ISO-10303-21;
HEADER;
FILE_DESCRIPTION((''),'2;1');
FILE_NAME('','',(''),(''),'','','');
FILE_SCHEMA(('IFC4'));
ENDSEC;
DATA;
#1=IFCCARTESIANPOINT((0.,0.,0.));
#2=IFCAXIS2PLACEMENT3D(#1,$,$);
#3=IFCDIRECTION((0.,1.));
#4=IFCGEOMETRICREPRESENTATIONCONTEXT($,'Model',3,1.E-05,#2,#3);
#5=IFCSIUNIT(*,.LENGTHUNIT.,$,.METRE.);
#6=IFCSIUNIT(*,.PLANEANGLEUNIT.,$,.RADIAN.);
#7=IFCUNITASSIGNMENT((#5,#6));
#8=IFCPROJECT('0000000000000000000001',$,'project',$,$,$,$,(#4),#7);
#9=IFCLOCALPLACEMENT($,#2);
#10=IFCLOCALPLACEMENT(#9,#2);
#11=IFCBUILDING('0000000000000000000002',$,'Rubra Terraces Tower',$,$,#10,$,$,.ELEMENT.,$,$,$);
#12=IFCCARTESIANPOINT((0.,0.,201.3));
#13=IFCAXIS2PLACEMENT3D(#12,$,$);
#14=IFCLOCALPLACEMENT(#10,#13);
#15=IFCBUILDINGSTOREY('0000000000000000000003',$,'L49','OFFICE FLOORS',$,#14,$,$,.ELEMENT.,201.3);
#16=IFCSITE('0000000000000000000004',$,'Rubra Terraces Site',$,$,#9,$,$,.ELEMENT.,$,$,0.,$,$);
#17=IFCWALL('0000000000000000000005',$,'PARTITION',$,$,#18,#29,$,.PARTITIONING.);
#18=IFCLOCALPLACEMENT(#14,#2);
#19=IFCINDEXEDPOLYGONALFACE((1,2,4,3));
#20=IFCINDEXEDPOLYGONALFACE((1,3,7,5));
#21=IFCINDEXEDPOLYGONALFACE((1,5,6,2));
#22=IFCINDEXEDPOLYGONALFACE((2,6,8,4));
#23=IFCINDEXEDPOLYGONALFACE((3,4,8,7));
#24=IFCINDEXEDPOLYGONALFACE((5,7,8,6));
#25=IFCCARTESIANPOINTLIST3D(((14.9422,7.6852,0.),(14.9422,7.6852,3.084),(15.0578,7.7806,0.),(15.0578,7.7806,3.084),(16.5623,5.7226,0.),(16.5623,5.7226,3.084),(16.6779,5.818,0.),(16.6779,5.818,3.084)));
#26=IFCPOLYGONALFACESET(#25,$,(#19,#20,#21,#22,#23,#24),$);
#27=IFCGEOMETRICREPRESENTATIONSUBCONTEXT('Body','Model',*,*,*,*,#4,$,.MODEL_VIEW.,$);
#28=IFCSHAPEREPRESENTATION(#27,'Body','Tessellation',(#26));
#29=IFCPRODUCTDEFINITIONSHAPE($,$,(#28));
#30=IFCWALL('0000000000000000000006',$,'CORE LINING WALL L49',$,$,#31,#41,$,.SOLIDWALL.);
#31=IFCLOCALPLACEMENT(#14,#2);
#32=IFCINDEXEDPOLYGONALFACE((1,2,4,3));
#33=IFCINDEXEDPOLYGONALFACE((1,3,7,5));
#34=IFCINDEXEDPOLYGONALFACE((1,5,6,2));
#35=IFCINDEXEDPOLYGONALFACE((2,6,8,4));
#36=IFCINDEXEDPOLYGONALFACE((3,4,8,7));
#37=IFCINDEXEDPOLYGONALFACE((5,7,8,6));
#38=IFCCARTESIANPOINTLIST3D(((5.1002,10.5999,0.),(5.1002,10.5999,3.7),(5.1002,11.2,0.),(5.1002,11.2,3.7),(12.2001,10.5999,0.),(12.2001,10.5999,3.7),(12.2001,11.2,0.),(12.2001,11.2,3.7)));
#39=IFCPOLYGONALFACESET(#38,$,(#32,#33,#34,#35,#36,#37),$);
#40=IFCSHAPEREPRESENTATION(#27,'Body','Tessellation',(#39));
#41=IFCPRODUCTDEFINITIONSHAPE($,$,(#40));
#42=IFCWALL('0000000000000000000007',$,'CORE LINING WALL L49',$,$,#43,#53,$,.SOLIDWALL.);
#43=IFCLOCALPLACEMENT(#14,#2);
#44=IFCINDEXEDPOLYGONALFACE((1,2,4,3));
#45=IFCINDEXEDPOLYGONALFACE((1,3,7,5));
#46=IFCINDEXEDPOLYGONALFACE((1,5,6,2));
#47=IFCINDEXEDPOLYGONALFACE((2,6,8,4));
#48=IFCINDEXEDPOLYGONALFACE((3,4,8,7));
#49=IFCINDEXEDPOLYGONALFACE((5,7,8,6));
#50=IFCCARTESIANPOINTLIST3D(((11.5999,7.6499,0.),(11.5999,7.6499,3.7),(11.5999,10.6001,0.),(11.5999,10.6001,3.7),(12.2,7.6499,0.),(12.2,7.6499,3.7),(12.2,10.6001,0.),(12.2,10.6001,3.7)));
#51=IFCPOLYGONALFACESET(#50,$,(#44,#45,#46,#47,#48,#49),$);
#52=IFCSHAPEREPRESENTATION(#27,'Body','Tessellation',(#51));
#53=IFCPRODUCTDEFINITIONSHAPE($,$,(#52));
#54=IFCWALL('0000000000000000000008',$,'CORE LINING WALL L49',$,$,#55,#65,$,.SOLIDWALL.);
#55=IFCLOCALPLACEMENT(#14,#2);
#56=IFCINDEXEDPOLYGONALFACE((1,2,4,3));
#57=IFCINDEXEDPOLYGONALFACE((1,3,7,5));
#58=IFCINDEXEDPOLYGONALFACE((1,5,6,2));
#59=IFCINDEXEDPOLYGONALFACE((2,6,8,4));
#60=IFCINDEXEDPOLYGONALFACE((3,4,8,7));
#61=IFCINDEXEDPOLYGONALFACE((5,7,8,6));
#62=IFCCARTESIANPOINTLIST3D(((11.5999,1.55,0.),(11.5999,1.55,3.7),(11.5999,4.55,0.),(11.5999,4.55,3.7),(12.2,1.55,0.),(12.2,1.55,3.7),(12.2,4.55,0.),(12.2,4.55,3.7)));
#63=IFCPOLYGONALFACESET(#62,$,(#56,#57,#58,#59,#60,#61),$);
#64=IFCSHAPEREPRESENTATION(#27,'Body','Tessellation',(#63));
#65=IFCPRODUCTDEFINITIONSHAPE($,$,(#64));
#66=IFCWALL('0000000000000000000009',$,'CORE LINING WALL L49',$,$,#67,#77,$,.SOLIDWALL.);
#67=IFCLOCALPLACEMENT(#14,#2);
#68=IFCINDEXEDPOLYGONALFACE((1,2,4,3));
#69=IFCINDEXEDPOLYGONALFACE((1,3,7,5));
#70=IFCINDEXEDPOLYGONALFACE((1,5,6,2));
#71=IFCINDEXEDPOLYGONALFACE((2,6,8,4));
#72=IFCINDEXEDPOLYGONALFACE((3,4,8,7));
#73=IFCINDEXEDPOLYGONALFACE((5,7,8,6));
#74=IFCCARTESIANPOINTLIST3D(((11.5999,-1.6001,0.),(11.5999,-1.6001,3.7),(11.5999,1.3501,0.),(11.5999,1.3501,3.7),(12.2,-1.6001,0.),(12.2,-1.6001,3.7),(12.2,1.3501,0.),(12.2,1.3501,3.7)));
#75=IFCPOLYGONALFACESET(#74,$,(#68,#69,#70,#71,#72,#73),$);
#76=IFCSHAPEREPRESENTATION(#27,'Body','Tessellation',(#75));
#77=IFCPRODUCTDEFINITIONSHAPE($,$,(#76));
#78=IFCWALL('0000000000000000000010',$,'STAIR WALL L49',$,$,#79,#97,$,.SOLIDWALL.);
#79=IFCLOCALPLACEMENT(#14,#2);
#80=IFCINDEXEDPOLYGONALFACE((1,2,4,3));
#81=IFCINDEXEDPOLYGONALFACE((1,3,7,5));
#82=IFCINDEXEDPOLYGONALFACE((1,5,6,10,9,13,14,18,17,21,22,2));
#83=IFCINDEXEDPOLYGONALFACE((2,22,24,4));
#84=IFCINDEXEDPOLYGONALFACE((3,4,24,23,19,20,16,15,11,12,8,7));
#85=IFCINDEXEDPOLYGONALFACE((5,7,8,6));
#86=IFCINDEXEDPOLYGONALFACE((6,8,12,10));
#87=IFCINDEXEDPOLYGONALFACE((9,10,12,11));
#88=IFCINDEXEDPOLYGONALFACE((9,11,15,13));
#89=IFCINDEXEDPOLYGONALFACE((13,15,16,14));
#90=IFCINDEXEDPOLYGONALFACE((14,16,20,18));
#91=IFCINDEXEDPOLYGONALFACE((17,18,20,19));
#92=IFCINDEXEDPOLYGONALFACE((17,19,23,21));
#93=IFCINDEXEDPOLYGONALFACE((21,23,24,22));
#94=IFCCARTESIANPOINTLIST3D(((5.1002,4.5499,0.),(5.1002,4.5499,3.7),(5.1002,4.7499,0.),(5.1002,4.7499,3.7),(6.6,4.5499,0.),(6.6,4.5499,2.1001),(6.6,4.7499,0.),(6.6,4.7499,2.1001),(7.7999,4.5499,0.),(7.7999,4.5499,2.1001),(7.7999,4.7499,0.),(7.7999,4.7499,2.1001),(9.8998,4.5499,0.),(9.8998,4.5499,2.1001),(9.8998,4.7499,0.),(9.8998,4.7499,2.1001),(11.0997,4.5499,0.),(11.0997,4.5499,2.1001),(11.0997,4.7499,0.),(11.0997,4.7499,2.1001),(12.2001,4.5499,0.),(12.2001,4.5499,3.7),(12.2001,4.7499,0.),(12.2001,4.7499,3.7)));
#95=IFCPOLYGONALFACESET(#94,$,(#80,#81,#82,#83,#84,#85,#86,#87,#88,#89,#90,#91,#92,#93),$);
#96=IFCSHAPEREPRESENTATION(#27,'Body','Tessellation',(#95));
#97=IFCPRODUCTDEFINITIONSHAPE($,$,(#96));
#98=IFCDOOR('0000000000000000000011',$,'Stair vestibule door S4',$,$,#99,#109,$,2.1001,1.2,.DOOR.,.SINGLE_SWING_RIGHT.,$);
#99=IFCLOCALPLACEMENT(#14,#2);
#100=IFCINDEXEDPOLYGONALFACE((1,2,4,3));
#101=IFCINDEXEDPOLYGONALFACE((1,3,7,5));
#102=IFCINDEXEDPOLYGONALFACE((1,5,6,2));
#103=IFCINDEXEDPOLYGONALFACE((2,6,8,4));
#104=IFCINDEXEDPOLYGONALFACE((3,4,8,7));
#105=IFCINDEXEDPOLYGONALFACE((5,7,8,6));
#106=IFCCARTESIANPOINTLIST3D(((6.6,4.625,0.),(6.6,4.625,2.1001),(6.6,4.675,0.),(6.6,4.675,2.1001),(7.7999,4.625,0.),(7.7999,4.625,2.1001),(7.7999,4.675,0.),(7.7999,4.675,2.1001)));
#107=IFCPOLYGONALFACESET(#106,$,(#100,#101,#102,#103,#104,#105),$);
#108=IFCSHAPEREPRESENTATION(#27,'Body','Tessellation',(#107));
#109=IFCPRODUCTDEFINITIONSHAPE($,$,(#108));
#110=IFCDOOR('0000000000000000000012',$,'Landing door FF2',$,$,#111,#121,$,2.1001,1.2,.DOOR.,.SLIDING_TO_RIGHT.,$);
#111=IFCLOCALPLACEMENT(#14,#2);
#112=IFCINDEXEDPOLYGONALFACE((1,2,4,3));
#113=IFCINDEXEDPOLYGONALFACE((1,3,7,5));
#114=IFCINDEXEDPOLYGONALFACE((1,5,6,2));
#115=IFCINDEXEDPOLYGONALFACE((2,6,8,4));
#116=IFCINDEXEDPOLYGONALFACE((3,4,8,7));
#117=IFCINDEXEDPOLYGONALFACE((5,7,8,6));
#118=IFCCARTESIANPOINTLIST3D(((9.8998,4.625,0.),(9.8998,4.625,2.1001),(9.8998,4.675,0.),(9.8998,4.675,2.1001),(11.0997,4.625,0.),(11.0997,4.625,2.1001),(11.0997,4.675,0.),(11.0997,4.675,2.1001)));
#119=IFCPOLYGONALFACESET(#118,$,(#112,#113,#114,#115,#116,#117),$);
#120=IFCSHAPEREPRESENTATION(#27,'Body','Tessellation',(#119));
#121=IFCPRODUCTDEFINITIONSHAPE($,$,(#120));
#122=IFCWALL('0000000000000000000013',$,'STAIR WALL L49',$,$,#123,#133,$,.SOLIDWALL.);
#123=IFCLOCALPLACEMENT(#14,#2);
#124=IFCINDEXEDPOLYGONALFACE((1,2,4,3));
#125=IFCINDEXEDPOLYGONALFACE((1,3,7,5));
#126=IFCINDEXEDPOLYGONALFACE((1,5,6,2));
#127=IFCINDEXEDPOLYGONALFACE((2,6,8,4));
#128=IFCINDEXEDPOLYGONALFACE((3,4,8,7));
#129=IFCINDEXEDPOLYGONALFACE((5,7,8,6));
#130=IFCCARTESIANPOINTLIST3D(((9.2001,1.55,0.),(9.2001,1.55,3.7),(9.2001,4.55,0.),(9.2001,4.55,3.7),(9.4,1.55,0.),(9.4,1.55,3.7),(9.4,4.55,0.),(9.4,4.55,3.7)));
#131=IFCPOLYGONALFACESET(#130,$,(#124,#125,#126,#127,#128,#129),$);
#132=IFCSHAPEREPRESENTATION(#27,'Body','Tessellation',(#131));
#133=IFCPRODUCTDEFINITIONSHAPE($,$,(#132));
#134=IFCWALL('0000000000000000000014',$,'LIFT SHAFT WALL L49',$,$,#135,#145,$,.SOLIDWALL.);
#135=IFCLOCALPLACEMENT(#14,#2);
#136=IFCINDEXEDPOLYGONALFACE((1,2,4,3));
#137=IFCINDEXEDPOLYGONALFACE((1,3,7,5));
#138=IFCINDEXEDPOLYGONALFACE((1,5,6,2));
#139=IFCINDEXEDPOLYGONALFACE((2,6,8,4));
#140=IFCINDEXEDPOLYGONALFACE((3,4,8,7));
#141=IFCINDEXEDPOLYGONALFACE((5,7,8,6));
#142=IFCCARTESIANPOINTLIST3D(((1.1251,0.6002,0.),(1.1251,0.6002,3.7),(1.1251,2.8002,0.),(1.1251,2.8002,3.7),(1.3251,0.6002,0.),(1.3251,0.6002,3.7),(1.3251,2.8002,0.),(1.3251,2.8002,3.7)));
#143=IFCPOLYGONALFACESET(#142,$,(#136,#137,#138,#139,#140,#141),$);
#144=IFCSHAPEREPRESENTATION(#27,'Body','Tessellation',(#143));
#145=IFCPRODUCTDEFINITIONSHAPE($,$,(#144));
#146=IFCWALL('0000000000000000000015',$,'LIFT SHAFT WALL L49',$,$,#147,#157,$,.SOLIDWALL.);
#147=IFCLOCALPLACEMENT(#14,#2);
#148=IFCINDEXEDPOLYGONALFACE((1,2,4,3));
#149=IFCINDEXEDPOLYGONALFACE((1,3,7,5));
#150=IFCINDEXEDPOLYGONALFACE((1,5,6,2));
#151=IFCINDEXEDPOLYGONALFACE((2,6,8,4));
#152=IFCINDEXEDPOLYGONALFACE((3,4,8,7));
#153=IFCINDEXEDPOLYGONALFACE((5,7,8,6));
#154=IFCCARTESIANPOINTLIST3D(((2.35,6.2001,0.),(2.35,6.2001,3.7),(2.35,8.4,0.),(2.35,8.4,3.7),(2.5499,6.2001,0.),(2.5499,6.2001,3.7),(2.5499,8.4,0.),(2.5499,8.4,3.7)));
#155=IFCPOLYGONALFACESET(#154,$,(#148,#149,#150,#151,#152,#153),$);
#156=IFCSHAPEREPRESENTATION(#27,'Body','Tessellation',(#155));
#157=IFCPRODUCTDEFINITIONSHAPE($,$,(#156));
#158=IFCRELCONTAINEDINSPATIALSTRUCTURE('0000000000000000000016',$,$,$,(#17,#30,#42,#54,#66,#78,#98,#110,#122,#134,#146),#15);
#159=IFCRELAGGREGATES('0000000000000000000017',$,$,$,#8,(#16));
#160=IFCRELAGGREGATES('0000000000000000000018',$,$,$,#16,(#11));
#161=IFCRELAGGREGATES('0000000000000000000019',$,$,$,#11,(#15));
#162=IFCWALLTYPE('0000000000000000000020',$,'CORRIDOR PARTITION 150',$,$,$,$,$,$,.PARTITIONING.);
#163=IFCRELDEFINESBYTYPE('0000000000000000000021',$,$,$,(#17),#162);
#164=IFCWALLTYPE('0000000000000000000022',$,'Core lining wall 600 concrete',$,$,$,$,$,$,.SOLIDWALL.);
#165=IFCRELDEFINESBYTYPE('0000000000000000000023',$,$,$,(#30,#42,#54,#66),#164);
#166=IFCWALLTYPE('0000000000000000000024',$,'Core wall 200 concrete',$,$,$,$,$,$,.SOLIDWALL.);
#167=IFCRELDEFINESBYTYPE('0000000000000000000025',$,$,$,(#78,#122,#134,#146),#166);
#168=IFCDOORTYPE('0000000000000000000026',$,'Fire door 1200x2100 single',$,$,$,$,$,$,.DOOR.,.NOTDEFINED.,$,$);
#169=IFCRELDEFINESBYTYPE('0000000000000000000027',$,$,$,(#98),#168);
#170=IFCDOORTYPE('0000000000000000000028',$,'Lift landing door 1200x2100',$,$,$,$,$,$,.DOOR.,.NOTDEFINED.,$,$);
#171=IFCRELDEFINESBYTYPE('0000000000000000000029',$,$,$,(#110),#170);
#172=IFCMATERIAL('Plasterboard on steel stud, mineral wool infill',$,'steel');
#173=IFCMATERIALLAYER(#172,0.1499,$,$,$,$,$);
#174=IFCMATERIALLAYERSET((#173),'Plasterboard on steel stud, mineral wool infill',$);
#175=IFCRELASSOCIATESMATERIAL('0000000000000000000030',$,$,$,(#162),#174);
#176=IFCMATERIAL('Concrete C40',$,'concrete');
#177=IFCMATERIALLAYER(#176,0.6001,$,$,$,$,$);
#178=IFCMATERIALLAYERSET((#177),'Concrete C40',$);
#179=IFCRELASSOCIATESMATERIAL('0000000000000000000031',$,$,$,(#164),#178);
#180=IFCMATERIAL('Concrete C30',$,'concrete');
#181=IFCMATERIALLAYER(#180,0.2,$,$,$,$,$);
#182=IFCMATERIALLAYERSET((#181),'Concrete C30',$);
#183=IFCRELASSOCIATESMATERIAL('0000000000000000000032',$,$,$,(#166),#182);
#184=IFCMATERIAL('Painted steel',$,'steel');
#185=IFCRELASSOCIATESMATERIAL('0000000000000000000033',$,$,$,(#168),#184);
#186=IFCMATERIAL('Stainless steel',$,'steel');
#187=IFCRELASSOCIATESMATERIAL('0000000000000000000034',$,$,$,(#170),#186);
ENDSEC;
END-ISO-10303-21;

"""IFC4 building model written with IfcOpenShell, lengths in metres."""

from ifc_helpers import new_model, si_unit, direction, frame, frame_2d, origin, place, context, subcontext, project, spatial, rectangle, extrude, material, layer, layer_set, type_object, element, fill, save


model = new_model("IFC4")

# Units and contexts
model_context = context("Model", 3, precision=1e-05, world=origin(), true_north=direction((0.0, 1.0)))
body_context = subcontext(model_context, "Body", "Model", "MODEL_VIEW")
ifc_project = project(units=[si_unit("LENGTHUNIT", "METRE"), si_unit("PLANEANGLEUNIT", "RADIAN")], contexts=[model_context])

# Site, building, storey
site_placement = place(None, origin())
site = spatial("IfcSite", under=ifc_project, at=site_placement, Name="Rubra Terraces Site", CompositionType="ELEMENT", RefElevation=0.0)
building_placement = place(site_placement, origin())
building = spatial("IfcBuilding", under=site, at=building_placement, Name="Rubra Terraces Tower", CompositionType="ELEMENT")
storey_placement = place(building_placement, frame((0.0, 0.0, 201.3)))
storey = spatial("IfcBuildingStorey", under=building, at=storey_placement, Name="L49", Description="OFFICE FLOORS", CompositionType="ELEMENT", Elevation=201.3)

# Shared definitions
ifc_material_1 = material(Name="Plasterboard on steel stud, mineral wool infill", Category="steel")
ifc_layer_1 = layer(ifc_material_1, 0.1499)
ifc_layer_set_1 = layer_set([ifc_layer_1], Name="Plasterboard on steel stud, mineral wool infill")
wall_type_1 = type_object("IfcWallType", Name="CORRIDOR PARTITION 150", PredefinedType="PARTITIONING", material=ifc_layer_set_1)

# Walls
wall_1_placement = place(storey_placement, frame((15.0, 7.7329, 0.0), z_axis=(0.0, 0.0, 1.0), x_axis=(0.636601, -0.771193, 0.0)))
element("IfcWall", 1, at=wall_1_placement, inside=storey, type_object=wall_type_1, Name="PARTITION", PredefinedType="PARTITIONING", context=body_context, shape_type="SweptSolid", body=[
    extrude(rectangle(XDim=2.5449, YDim=0.1499, at=frame_2d((1.2725, 0.0))), origin(), (0.0, 0.0, 1.0), 3.084),
])
ifc_material_2 = material(Name="Concrete C40", Category="concrete")
ifc_layer_2 = layer(ifc_material_2, 0.6001)
ifc_layer_set_2 = layer_set([ifc_layer_2], Name="Concrete C40")
wall_type_2 = type_object("IfcWallType", Name="Core lining wall 600 concrete", PredefinedType="SOLIDWALL", material=ifc_layer_set_2)
wall_2_placement = place(storey_placement, frame((12.2, 10.8999, 0.0), z_axis=(0.0, 0.0, 1.0), x_axis=(-1.0, 0.0, 0.0)))
element("IfcWall", 2, at=wall_2_placement, inside=storey, type_object=wall_type_2, Name="CORE LINING WALL L49", PredefinedType="SOLIDWALL", context=body_context, shape_type="SweptSolid", body=[
    extrude(rectangle(XDim=7.0999, YDim=0.6001, at=frame_2d((3.5498, 0.0))), origin(), (0.0, 0.0, 1.0), 3.7),
])
wall_3_placement = place(storey_placement, frame((11.8999, 10.6001, 0.0), z_axis=(0.0, 0.0, 1.0), x_axis=(0.0, -1.0, 0.0)))
element("IfcWall", 3, at=wall_3_placement, inside=storey, type_object=wall_type_2, Name="CORE LINING WALL L49", PredefinedType="SOLIDWALL", context=body_context, shape_type="SweptSolid", body=[
    extrude(rectangle(XDim=2.9502, YDim=0.6001, at=frame_2d((1.4751, 0.0))), origin(), (0.0, 0.0, 1.0), 3.7),
])
wall_4_placement = place(storey_placement, frame((11.8999, 4.55, 0.0), z_axis=(0.0, 0.0, 1.0), x_axis=(0.0, -1.0, 0.0)))
element("IfcWall", 4, at=wall_4_placement, inside=storey, type_object=wall_type_2, Name="CORE LINING WALL L49", PredefinedType="SOLIDWALL", context=body_context, shape_type="SweptSolid", body=[
    extrude(rectangle(XDim=3.0, YDim=0.6001, at=frame_2d((1.5, 0.0))), origin(), (0.0, 0.0, 1.0), 3.7),
])
wall_5_placement = place(storey_placement, frame((11.8999, 1.3501, 0.0), z_axis=(0.0, 0.0, 1.0), x_axis=(0.0, -1.0, 0.0)))
element("IfcWall", 5, at=wall_5_placement, inside=storey, type_object=wall_type_2, Name="CORE LINING WALL L49", PredefinedType="SOLIDWALL", context=body_context, shape_type="SweptSolid", body=[
    extrude(rectangle(XDim=2.9502, YDim=0.6001, at=frame_2d((1.4751, 0.0))), origin(), (0.0, 0.0, 1.0), 3.7),
])

# Wall, openings, doors
ifc_material_3 = material(Name="Concrete C30", Category="concrete")
ifc_layer_3 = layer(ifc_material_3, 0.2)
ifc_layer_set_3 = layer_set([ifc_layer_3], Name="Concrete C30")
wall_type_3 = type_object("IfcWallType", Name="Core wall 200 concrete", PredefinedType="SOLIDWALL", material=ifc_layer_set_3)
wall_6_placement = place(storey_placement, frame((12.2, 4.6499, 0.0), z_axis=(0.0, 0.0, 1.0), x_axis=(-1.0, 0.0, 0.0)))
wall_6 = element("IfcWall", 6, at=wall_6_placement, inside=storey, type_object=wall_type_3, Name="STAIR WALL L49", PredefinedType="SOLIDWALL", context=body_context, shape_type="SweptSolid", body=[
    extrude(rectangle(XDim=7.0999, YDim=0.2, at=frame_2d((3.5498, 0.0))), origin(), (0.0, 0.0, 1.0), 3.7),
])
opening_1_placement = place(wall_6_placement, frame((4.3999, 0.0, 0.0)))
opening_1 = element("IfcOpeningElement", 7, at=opening_1_placement, cuts=wall_6, PredefinedType="OPENING", context=body_context, shape_type="SweptSolid", body=[
    extrude(rectangle(XDim=1.2, YDim=2.1001, at=frame_2d((0.6001, 1.05))), frame((0.0, 0.1099, 0.0), z_axis=(0.0, -1.0, 0.0), x_axis=(1.0, 0.0, 0.0)), (0.0, 0.0, 1.0), 0.22),
])
opening_2_placement = place(wall_6_placement, frame((1.1001, 0.0, 0.0)))
opening_2 = element("IfcOpeningElement", 8, at=opening_2_placement, cuts=wall_6, PredefinedType="OPENING", context=body_context, shape_type="SweptSolid", body=[
    extrude(rectangle(XDim=1.2, YDim=2.1001, at=frame_2d((0.6001, 1.05))), frame((0.0, 0.1099, 0.0), z_axis=(0.0, -1.0, 0.0), x_axis=(1.0, 0.0, 0.0)), (0.0, 0.0, 1.0), 0.22),
])
ifc_material_4 = material(Name="Painted steel", Category="steel")
door_type_1 = type_object("IfcDoorType", Name="Fire door 1200x2100 single", OperationType="NOTDEFINED", PredefinedType="DOOR", material=ifc_material_4)
door_1_placement = place(opening_1_placement, origin())
door_1 = element("IfcDoor", 9, at=door_1_placement, inside=storey, type_object=door_type_1, Name="Stair vestibule door S4", OperationType="SINGLE_SWING_RIGHT", OverallHeight=2.1001, OverallWidth=1.2, PredefinedType="DOOR", context=body_context, shape_type="SweptSolid", body=[
    extrude(rectangle(XDim=1.2, YDim=2.1001, at=frame_2d((0.6001, 1.05))), frame((0.0, 0.0249, 0.0), z_axis=(0.0, -1.0, 0.0), x_axis=(1.0, 0.0, 0.0)), (0.0, 0.0, 1.0), 0.05),
])
fill(opening_1, door_1)
ifc_material_5 = material(Name="Stainless steel", Category="steel")
door_type_2 = type_object("IfcDoorType", Name="Lift landing door 1200x2100", OperationType="NOTDEFINED", PredefinedType="DOOR", material=ifc_material_5)
door_2_placement = place(opening_2_placement, origin())
door_2 = element("IfcDoor", 10, at=door_2_placement, inside=storey, type_object=door_type_2, Name="Landing door FF2", OperationType="SLIDING_TO_RIGHT", OverallHeight=2.1001, OverallWidth=1.2, PredefinedType="DOOR", context=body_context, shape_type="SweptSolid", body=[
    extrude(rectangle(XDim=1.2, YDim=2.1001, at=frame_2d((0.6001, 1.05))), frame((0.0, 0.0249, 0.0), z_axis=(0.0, -1.0, 0.0), x_axis=(1.0, 0.0, 0.0)), (0.0, 0.0, 1.0), 0.05),
])
fill(opening_2, door_2)

# Walls
wall_7_placement = place(storey_placement, frame((9.3, 4.55, 0.0), z_axis=(0.0, 0.0, 1.0), x_axis=(0.0, -1.0, 0.0)))
element("IfcWall", 11, at=wall_7_placement, inside=storey, type_object=wall_type_3, Name="STAIR WALL L49", PredefinedType="SOLIDWALL", context=body_context, shape_type="SweptSolid", body=[
    extrude(rectangle(XDim=3.0, YDim=0.2, at=frame_2d((1.5, 0.0))), origin(), (0.0, 0.0, 1.0), 3.7),
])
for number, where, z_axis, x_axis, name in (
    (12, (1.2251, 0.6001, 0.0), (0.0, 0.0, 1.0), (0.0, 1.0, 0.0), "LIFT SHAFT WALL L49"),
    (13, (2.45, 6.2, 0.0), (0.0, 0.0, 1.0), (0.0, 1.0, 0.0), "LIFT SHAFT WALL L49"),
):
    element("IfcWall", number, at=place(storey_placement, frame(where, z_axis=z_axis, x_axis=x_axis)), inside=storey, type_object=wall_type_3, Name=name, PredefinedType="SOLIDWALL", context=body_context, shape_type="SweptSolid", body=[
        extrude(rectangle(XDim=2.2, YDim=0.2, at=frame_2d((1.1001, 0.0))), origin(), (0.0, 0.0, 1.0), 3.7),
    ])

save(model, "model.ifc")
